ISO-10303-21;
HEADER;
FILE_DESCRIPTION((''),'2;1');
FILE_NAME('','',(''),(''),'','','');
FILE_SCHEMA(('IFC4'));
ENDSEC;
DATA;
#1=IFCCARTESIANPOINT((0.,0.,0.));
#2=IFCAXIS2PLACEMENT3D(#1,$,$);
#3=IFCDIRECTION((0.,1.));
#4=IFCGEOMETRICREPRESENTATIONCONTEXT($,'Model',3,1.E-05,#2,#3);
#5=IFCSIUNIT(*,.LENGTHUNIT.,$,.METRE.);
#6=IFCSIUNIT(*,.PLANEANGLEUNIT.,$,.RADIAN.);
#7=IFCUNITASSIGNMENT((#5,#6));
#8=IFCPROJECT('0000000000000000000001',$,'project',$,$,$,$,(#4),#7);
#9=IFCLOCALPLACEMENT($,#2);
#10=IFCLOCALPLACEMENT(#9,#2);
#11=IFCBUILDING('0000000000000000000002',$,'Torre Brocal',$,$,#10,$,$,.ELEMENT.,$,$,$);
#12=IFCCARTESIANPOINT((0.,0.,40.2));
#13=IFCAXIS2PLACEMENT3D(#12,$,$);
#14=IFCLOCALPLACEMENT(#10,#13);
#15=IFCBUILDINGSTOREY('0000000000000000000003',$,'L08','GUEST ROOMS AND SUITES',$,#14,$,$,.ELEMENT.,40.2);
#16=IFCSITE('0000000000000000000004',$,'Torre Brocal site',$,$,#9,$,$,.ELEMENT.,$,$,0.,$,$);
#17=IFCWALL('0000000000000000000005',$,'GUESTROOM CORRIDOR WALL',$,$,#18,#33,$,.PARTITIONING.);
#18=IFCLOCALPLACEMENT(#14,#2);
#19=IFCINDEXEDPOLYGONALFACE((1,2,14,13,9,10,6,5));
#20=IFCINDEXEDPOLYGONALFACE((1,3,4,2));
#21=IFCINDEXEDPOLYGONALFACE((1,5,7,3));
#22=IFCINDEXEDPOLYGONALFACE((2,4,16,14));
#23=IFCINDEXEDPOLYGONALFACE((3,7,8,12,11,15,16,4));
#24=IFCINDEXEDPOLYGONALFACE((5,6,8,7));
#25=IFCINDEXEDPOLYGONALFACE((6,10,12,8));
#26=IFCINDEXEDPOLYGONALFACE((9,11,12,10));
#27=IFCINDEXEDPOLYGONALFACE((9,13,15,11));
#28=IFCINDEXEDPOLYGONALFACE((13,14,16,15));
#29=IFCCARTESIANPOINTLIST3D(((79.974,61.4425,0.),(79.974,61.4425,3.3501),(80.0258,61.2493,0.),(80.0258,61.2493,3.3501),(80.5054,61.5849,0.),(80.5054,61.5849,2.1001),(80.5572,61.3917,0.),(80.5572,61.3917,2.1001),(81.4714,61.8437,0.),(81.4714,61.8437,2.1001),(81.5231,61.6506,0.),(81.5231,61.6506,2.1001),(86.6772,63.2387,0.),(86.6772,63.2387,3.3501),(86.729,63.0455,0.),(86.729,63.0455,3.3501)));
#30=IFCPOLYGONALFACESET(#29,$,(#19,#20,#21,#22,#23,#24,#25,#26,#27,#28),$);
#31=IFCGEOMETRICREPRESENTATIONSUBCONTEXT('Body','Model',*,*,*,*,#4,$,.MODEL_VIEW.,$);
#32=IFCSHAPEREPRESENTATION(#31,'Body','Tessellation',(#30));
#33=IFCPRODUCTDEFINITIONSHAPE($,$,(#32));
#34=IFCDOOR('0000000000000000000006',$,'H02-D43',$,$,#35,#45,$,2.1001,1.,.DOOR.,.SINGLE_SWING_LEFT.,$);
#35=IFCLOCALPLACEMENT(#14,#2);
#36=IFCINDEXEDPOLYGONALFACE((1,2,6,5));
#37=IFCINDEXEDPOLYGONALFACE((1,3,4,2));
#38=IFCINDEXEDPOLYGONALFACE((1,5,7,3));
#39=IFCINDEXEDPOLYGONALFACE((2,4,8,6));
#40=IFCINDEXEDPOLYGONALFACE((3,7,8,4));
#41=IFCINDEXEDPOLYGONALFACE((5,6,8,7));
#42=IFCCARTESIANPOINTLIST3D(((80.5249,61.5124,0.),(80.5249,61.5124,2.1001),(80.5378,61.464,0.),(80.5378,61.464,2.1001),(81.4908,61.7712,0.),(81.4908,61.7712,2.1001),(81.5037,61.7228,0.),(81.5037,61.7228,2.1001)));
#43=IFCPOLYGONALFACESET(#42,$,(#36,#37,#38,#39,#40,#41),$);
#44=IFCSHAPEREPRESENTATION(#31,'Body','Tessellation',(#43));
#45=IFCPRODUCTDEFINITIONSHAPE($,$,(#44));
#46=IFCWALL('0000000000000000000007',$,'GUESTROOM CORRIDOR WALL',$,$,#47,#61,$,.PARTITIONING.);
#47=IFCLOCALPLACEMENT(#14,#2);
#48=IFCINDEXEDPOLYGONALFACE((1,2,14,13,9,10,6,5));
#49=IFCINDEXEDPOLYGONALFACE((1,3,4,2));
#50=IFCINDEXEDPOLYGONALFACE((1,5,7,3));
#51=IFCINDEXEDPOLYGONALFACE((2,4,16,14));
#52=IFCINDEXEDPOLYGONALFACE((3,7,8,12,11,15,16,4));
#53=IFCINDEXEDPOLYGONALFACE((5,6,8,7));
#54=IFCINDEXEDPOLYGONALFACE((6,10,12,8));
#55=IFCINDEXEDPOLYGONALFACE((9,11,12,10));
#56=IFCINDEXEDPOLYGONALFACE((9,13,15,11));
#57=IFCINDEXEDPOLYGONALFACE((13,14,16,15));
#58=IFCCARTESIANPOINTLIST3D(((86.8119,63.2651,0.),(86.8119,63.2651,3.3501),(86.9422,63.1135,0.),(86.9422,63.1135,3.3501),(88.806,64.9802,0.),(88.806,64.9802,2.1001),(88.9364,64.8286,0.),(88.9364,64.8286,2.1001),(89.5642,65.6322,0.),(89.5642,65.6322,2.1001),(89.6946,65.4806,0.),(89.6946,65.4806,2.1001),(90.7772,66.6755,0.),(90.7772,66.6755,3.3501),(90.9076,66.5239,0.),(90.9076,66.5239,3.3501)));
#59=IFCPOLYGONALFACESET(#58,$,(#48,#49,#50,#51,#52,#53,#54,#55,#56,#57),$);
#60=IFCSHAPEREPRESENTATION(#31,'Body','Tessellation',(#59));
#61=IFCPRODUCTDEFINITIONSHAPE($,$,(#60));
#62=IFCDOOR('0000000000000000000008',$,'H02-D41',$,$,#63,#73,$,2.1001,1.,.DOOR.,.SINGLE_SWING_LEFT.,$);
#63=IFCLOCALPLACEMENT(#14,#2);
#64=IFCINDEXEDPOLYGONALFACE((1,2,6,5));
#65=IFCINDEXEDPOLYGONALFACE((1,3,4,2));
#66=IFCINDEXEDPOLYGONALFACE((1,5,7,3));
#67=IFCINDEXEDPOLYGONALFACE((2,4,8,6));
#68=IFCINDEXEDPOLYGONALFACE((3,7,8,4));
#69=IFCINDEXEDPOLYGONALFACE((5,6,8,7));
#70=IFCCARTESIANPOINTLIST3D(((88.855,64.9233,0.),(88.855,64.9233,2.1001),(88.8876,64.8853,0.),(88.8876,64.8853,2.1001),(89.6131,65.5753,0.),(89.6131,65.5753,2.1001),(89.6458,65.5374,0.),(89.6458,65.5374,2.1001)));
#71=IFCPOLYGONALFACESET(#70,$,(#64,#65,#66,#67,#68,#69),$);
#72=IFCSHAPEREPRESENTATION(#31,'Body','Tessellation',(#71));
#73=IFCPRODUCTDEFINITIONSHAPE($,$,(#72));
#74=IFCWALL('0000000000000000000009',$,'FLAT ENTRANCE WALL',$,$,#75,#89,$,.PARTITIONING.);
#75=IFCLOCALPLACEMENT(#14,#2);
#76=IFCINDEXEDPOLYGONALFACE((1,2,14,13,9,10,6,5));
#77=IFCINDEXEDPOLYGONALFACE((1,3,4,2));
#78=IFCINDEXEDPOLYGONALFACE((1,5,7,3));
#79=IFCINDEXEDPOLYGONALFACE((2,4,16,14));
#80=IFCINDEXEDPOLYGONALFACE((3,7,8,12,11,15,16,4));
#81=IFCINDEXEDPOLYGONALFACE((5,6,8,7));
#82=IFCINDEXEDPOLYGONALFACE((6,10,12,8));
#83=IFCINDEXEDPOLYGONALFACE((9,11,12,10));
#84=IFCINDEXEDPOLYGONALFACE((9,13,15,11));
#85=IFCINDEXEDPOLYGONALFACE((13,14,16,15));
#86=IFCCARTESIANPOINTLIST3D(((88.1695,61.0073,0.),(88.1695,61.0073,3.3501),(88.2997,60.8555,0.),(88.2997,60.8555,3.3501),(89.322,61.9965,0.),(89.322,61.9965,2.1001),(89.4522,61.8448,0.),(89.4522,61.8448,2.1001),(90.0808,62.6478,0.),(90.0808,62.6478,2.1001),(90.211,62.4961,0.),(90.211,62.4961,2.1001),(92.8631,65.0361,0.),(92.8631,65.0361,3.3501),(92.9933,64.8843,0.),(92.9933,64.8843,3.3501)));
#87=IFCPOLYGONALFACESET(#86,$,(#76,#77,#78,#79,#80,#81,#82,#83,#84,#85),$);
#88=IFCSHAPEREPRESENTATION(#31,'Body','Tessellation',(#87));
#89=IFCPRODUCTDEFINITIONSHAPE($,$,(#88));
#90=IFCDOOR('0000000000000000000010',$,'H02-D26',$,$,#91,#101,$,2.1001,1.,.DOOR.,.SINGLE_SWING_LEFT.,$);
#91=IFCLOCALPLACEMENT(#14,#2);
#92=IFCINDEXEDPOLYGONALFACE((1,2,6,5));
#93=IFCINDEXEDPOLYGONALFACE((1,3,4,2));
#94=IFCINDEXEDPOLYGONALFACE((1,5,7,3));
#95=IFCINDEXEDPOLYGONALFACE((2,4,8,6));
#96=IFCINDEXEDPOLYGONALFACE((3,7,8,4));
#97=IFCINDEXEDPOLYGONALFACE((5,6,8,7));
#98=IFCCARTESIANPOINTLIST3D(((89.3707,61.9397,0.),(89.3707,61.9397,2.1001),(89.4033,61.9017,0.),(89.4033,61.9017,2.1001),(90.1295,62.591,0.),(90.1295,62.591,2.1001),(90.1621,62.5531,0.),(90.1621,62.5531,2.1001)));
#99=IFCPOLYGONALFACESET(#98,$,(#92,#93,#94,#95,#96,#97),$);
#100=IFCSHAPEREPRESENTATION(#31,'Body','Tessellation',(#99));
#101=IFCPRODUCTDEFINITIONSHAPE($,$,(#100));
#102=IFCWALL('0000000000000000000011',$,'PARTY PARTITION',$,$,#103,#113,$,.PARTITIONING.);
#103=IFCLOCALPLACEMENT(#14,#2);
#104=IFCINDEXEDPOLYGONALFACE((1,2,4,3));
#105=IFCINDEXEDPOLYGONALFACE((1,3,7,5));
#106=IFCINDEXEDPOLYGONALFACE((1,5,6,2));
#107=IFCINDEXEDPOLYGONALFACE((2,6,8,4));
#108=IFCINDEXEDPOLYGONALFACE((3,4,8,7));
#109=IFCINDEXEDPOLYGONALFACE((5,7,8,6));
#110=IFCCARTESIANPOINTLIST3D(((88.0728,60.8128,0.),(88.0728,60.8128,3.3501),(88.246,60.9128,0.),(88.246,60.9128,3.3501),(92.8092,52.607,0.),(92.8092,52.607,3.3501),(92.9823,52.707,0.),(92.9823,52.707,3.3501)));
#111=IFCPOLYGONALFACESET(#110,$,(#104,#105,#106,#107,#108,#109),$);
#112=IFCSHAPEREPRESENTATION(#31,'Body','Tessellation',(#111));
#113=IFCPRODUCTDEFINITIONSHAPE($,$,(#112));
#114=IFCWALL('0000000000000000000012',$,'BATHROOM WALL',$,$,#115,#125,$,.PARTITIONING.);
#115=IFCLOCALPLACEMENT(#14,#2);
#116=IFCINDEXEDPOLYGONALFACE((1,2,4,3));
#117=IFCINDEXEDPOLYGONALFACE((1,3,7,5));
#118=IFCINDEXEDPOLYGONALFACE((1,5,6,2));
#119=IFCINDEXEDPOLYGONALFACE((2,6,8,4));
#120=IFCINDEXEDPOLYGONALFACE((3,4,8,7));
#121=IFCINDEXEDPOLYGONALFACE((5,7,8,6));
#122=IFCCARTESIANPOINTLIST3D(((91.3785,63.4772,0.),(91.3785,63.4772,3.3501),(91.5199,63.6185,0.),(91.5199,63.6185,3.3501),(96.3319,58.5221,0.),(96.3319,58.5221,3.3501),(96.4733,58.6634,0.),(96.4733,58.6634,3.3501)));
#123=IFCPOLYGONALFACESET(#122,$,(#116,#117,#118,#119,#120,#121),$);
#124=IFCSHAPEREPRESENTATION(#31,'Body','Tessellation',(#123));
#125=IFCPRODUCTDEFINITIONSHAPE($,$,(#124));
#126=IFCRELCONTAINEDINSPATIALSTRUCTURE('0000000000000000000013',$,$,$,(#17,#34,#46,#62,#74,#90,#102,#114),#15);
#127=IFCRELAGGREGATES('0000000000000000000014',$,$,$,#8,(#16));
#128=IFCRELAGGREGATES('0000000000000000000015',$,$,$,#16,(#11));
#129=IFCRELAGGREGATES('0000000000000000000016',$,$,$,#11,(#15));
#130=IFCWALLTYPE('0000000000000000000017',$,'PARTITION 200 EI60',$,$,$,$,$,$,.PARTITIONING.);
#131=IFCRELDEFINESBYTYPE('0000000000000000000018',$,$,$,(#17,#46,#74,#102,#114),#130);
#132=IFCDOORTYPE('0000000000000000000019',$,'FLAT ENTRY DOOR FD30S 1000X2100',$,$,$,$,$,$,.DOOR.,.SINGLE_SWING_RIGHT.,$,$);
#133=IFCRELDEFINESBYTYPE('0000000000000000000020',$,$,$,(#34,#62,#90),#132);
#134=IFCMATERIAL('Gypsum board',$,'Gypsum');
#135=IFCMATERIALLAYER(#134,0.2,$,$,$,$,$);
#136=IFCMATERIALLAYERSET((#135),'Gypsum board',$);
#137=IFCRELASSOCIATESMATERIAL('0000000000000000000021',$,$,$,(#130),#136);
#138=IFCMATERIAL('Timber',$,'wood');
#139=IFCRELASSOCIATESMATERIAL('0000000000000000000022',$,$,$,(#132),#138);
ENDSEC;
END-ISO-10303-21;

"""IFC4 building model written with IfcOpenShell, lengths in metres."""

from ifc_helpers import new_model, si_unit, direction, frame, frame_2d, origin, place, context, subcontext, project, spatial, rectangle, extrude, material, layer, layer_set, type_object, element, fill, save


model = new_model("IFC4")

# Units and contexts
model_context = context("Model", 3, precision=1e-05, world=origin(), true_north=direction((0.0, 1.0)))
body_context = subcontext(model_context, "Body", "Model", "MODEL_VIEW")
ifc_project = project(units=[si_unit("LENGTHUNIT", "METRE"), si_unit("PLANEANGLEUNIT", "RADIAN")], contexts=[model_context])

# Site, building, storey
site_placement = place(None, origin())
site = spatial("IfcSite", under=ifc_project, at=site_placement, Name="Torre Brocal site", CompositionType="ELEMENT", RefElevation=0.0)
building_placement = place(site_placement, origin())
building = spatial("IfcBuilding", under=site, at=building_placement, Name="Torre Brocal", CompositionType="ELEMENT")
storey_placement = place(building_placement, frame((0.0, 0.0, 40.2)))
storey = spatial("IfcBuildingStorey", under=building, at=storey_placement, Name="L08", Description="GUEST ROOMS AND SUITES", CompositionType="ELEMENT", Elevation=40.2)

# Shared definitions
ifc_material_1 = material(Name="Gypsum board", Category="Gypsum")
ifc_layer_1 = layer(ifc_material_1, 0.2)
ifc_layer_set_1 = layer_set([ifc_layer_1], Name="Gypsum board")
wall_type_1 = type_object("IfcWallType", Name="PARTITION 200 EI60", PredefinedType="PARTITIONING", material=ifc_layer_set_1)

# Walls, openings, doors
wall_1_placement = place(storey_placement, frame((80.0, 61.3459, 0.0), z_axis=(0.0, 0.0, 1.0), x_axis=(0.965924, 0.258825, 0.0)))
wall_1 = element("IfcWall", 1, at=wall_1_placement, inside=storey, type_object=wall_type_1, Name="GUESTROOM CORRIDOR WALL", PredefinedType="PARTITIONING", context=body_context, shape_type="SweptSolid", body=[
    extrude(rectangle(XDim=6.9397, YDim=0.2, at=frame_2d((3.4697, 0.0))), origin(), (0.0, 0.0, 1.0), 3.3501),
])
opening_1_placement = place(wall_1_placement, frame((0.55, 0.0, 0.0)))
opening_1 = element("IfcOpeningElement", 2, at=opening_1_placement, cuts=wall_1, PredefinedType="OPENING", context=body_context, shape_type="SweptSolid", body=[
    extrude(rectangle(XDim=1.0, YDim=2.1001, at=frame_2d((0.5, 1.05))), frame((0.0, 0.1099, 0.0), z_axis=(0.0, -1.0, 0.0), x_axis=(1.0, 0.0, 0.0)), (0.0, 0.0, 1.0), 0.22),
])
ifc_material_2 = material(Name="Timber", Category="wood")
door_type_1 = type_object("IfcDoorType", Name="FLAT ENTRY DOOR FD30S 1000X2100", OperationType="SINGLE_SWING_RIGHT", PredefinedType="DOOR", material=ifc_material_2)
door_1_placement = place(opening_1_placement, origin())
door_1 = element("IfcDoor", 3, at=door_1_placement, inside=storey, type_object=door_type_1, Name="H02-D43", OperationType="SINGLE_SWING_LEFT", OverallHeight=2.1001, OverallWidth=1.0, PredefinedType="DOOR", context=body_context, shape_type="SweptSolid", body=[
    extrude(rectangle(XDim=1.0, YDim=2.1001, at=frame_2d((0.5, 1.05))), frame((0.0, 0.0249, 0.0), z_axis=(0.0, -1.0, 0.0), x_axis=(1.0, 0.0, 0.0)), (0.0, 0.0, 1.0), 0.05),
])
fill(opening_1, door_1)
wall_2_placement = place(storey_placement, frame((86.877, 63.1892, 0.0), z_axis=(0.0, 0.0, 1.0), x_axis=(0.758165, 0.652063, 0.0)))
wall_2 = element("IfcWall", 4, at=wall_2_placement, inside=storey, type_object=wall_type_1, Name="GUESTROOM CORRIDOR WALL", PredefinedType="PARTITIONING", context=body_context, shape_type="SweptSolid", body=[
    extrude(rectangle(XDim=5.2302, YDim=0.2, at=frame_2d((2.6152, 0.0))), origin(), (0.0, 0.0, 1.0), 3.3501),
])
opening_2_placement = place(wall_2_placement, frame((2.6304, 0.0, 0.0)))
opening_2 = element("IfcOpeningElement", 5, at=opening_2_placement, cuts=wall_2, PredefinedType="OPENING", context=body_context, shape_type="SweptSolid", body=[
    extrude(rectangle(XDim=1.0, YDim=2.1001, at=frame_2d((0.5, 1.05))), frame((0.0, 0.1099, 0.0), z_axis=(0.0, -1.0, 0.0), x_axis=(1.0, 0.0, 0.0)), (0.0, 0.0, 1.0), 0.22),
])
door_2_placement = place(opening_2_placement, origin())
door_2 = element("IfcDoor", 6, at=door_2_placement, inside=storey, type_object=door_type_1, Name="H02-D41", OperationType="SINGLE_SWING_LEFT", OverallHeight=2.1001, OverallWidth=1.0, PredefinedType="DOOR", context=body_context, shape_type="SweptSolid", body=[
    extrude(rectangle(XDim=1.0, YDim=2.1001, at=frame_2d((0.5, 1.05))), frame((0.0, 0.0249, 0.0), z_axis=(0.0, -1.0, 0.0), x_axis=(1.0, 0.0, 0.0)), (0.0, 0.0, 1.0), 0.05),
])
fill(opening_2, door_2)
wall_3_placement = place(storey_placement, frame((88.2346, 60.9314, 0.0), z_axis=(0.0, 0.0, 1.0), x_axis=(0.758799, 0.651324, 0.0)))
wall_3 = element("IfcWall", 7, at=wall_3_placement, inside=storey, type_object=wall_type_1, Name="FLAT ENTRANCE WALL", PredefinedType="PARTITIONING", context=body_context, shape_type="SweptSolid", body=[
    extrude(rectangle(XDim=6.1855, YDim=0.2, at=frame_2d((3.0928, 0.0))), origin(), (0.0, 0.0, 1.0), 3.3501),
])
opening_3_placement = place(wall_3_placement, frame((1.5188, 0.0, 0.0)))
opening_3 = element("IfcOpeningElement", 8, at=opening_3_placement, cuts=wall_3, PredefinedType="OPENING", context=body_context, shape_type="SweptSolid", body=[
    extrude(rectangle(XDim=1.0, YDim=2.1001, at=frame_2d((0.5, 1.05))), frame((0.0, 0.1099, 0.0), z_axis=(0.0, -1.0, 0.0), x_axis=(1.0, 0.0, 0.0)), (0.0, 0.0, 1.0), 0.22),
])
door_3_placement = place(opening_3_placement, frame((1.0, 0.0, 0.0), z_axis=(0.0, 0.0, 1.0), x_axis=(-1.0, 0.0, 0.0)))
door_3 = element("IfcDoor", 9, at=door_3_placement, inside=storey, type_object=door_type_1, Name="H02-D26", OperationType="SINGLE_SWING_LEFT", OverallHeight=2.1001, OverallWidth=1.0, PredefinedType="DOOR", context=body_context, shape_type="SweptSolid", body=[
    extrude(rectangle(XDim=1.0, YDim=2.1001, at=frame_2d((0.5, 1.05))), frame((0.0, 0.0249, 0.0), z_axis=(0.0, -1.0, 0.0), x_axis=(1.0, 0.0, 0.0)), (0.0, 0.0, 1.0), 0.05),
])
fill(opening_3, door_3)

# Walls
wall_4_placement = place(storey_placement, frame((88.1594, 60.8628, 0.0), z_axis=(0.0, 0.0, 1.0), x_axis=(0.499897, -0.866085, 0.0)))
element("IfcWall", 10, at=wall_4_placement, inside=storey, type_object=wall_type_1, Name="PARTY PARTITION", PredefinedType="PARTITIONING", context=body_context, shape_type="SweptSolid", body=[
    extrude(rectangle(XDim=9.4746, YDim=0.2, at=frame_2d((4.7373, 0.0))), origin(), (0.0, 0.0, 1.0), 3.3501),
])
wall_5_placement = place(storey_placement, frame((91.4492, 63.5479, 0.0), z_axis=(0.0, 0.0, 1.0), x_axis=(0.706985, -0.707229, 0.0)))
element("IfcWall", 11, at=wall_5_placement, inside=storey, type_object=wall_type_1, Name="BATHROOM WALL", PredefinedType="PARTITIONING", context=body_context, shape_type="SweptSolid", body=[
    extrude(rectangle(XDim=7.0063, YDim=0.2, at=frame_2d((3.5032, 0.0))), origin(), (0.0, 0.0, 1.0), 3.3501),
])

save(model, "model.ifc")
